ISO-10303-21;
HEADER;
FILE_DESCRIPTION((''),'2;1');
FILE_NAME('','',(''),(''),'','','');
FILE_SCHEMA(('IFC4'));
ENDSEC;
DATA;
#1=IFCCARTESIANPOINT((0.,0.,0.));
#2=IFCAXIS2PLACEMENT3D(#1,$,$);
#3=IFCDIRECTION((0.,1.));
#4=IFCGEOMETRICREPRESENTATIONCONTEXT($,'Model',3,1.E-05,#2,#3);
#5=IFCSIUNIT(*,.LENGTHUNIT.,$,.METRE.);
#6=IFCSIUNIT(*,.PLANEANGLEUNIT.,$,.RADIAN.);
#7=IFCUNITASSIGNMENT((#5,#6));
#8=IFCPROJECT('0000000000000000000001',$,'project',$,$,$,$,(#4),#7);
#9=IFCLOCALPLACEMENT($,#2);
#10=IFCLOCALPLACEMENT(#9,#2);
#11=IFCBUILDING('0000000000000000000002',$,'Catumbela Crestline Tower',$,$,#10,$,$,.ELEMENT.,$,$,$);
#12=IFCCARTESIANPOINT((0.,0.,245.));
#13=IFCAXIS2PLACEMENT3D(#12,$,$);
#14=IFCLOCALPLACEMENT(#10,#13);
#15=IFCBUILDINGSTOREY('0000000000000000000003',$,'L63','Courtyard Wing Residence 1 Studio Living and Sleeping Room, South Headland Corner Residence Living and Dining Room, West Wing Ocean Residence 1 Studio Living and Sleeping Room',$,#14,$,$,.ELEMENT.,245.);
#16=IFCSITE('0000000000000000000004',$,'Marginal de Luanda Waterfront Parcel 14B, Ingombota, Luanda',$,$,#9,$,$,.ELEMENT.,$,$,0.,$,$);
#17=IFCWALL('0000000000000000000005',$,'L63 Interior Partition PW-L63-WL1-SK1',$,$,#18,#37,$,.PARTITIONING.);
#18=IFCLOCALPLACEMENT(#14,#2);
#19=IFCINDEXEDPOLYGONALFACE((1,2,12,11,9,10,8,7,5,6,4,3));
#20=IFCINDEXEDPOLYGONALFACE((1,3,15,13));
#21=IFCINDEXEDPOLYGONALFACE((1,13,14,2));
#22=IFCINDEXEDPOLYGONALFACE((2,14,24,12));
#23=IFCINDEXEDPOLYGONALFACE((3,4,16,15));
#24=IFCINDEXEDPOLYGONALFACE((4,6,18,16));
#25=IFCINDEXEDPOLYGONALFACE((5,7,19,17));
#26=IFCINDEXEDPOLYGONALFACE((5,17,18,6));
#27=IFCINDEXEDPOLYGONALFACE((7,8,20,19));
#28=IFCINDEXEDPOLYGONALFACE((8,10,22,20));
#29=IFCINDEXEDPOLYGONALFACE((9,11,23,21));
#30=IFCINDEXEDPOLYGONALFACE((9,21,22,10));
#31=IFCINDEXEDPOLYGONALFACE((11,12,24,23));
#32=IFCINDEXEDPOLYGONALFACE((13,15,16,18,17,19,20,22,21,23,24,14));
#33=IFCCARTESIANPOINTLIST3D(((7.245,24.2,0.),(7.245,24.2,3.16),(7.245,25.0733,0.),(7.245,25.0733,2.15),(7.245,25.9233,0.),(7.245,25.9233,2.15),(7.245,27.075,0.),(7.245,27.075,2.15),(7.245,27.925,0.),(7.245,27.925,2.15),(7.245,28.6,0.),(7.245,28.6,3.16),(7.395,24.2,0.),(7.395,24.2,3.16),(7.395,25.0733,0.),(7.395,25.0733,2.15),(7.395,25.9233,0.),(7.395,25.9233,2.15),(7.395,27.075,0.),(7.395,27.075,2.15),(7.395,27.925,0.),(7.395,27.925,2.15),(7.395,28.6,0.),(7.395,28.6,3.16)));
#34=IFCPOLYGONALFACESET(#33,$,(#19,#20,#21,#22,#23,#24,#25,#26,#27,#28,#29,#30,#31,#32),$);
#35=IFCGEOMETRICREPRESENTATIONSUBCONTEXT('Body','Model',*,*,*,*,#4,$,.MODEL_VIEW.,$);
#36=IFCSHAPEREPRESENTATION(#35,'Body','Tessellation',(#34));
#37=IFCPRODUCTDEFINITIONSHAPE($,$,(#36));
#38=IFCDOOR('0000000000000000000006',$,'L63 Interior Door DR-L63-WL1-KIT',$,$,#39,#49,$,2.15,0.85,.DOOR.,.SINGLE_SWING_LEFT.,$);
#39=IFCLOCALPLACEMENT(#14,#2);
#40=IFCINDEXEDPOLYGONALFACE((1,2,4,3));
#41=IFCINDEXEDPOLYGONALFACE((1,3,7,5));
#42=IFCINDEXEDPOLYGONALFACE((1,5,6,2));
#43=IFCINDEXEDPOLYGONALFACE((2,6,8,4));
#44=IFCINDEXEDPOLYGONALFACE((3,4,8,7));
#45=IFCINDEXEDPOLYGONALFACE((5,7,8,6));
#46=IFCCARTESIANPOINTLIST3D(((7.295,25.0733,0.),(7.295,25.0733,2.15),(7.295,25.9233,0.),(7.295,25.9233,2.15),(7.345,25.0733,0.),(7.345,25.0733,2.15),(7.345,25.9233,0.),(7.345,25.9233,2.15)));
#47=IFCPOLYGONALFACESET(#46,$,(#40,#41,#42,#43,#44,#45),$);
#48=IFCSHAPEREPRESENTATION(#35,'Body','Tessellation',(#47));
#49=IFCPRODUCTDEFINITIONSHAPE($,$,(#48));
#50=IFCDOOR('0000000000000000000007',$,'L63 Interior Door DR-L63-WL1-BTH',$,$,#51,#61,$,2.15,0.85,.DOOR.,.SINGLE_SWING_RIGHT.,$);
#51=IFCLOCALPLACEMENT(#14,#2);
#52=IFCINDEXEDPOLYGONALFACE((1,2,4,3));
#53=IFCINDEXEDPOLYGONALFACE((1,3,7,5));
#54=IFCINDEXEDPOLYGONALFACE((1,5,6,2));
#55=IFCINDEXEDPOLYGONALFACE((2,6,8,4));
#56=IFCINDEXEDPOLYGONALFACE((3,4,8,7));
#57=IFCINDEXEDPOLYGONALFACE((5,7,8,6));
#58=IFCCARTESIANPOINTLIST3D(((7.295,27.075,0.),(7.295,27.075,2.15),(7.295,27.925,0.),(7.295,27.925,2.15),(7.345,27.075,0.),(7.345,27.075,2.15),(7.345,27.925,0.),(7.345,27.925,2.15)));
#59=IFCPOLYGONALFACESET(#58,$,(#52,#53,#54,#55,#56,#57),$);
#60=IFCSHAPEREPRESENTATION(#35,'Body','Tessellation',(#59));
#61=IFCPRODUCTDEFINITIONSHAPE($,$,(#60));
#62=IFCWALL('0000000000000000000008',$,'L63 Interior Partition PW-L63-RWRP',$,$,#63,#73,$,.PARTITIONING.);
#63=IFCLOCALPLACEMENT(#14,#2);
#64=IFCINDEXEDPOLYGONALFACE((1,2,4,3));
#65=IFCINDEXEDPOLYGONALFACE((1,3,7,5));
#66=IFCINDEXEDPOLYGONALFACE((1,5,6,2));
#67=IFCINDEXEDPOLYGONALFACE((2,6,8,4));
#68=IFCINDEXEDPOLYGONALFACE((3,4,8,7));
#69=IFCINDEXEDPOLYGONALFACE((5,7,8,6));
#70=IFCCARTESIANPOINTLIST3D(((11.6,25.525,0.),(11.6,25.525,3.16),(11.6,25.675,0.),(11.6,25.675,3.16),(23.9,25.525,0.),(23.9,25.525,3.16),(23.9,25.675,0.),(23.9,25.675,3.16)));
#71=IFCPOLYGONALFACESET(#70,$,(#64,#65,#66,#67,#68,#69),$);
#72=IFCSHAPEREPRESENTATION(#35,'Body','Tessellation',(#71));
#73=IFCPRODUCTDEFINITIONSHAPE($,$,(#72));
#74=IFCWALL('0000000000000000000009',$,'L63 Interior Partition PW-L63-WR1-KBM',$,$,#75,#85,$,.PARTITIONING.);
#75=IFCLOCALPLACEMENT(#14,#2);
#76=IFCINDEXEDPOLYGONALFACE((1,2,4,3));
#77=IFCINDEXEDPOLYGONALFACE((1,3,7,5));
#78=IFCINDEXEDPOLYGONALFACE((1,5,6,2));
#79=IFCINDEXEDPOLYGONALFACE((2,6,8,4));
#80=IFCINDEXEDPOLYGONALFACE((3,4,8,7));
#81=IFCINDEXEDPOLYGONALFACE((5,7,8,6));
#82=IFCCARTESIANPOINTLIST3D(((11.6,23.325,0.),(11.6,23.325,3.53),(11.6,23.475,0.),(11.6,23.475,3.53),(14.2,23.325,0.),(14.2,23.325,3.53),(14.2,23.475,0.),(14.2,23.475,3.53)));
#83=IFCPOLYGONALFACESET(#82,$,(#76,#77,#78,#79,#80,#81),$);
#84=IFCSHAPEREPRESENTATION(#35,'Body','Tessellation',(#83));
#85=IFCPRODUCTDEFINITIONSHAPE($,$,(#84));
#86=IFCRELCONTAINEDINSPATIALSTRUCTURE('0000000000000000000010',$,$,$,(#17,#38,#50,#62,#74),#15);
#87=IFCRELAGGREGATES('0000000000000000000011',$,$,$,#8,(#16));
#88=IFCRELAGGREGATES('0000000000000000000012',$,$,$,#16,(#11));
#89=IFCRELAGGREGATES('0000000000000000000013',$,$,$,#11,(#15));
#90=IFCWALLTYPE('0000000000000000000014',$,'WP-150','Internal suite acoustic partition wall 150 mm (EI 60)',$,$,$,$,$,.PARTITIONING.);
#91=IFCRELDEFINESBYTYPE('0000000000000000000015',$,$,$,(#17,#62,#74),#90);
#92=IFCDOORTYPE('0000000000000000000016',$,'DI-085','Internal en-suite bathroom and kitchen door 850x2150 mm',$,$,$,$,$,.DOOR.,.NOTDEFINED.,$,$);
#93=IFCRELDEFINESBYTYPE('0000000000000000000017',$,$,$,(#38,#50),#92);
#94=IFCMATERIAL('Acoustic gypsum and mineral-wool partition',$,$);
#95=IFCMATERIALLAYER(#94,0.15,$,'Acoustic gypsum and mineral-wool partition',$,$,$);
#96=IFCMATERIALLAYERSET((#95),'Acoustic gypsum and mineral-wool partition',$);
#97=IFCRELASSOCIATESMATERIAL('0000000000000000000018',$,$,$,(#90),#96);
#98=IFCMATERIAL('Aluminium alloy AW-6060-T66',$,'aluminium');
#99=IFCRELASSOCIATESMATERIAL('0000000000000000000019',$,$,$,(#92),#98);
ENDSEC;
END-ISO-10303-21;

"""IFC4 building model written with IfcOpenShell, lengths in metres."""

from ifc_helpers import new_model, si_unit, direction, frame, frame_2d, origin, place, context, subcontext, project, spatial, rectangle, extrude, material, layer, layer_set, type_object, element, fill, save


model = new_model("IFC4")

# Units and contexts
model_context = context("Model", 3, precision=1e-05, world=origin(), true_north=direction((0.0, 1.0)))
body_context = subcontext(model_context, "Body", "Model", "MODEL_VIEW")
ifc_project = project(units=[si_unit("LENGTHUNIT", "METRE"), si_unit("PLANEANGLEUNIT", "RADIAN")], contexts=[model_context])

# Site, building, storey
site_placement = place(None, origin())
site = spatial("IfcSite", under=ifc_project, at=site_placement, Name="Marginal de Luanda Waterfront Parcel 14B, Ingombota, Luanda", CompositionType="ELEMENT", RefElevation=0.0)
building_placement = place(site_placement, origin())
building = spatial("IfcBuilding", under=site, at=building_placement, Name="Catumbela Crestline Tower", CompositionType="ELEMENT")
storey_placement = place(building_placement, frame((0.0, 0.0, 245.0)))
storey = spatial("IfcBuildingStorey", under=building, at=storey_placement, Name="L63", Description="Courtyard Wing Residence 1 Studio Living and Sleeping Room, South Headland Corner Residence Living and Dining Room, West Wing Ocean Residence 1 Studio Living and Sleeping Room", CompositionType="ELEMENT", Elevation=245.0)

# Shared definitions
ifc_material_1 = material(Name="Acoustic gypsum and mineral-wool partition")
ifc_material_2 = material(Name="Aluminium alloy AW-6060-T66", Category="aluminium")

# Shared definitions
ifc_layer_1 = layer(ifc_material_1, 0.15, Name="Acoustic gypsum and mineral-wool partition")
ifc_layer_set_1 = layer_set([ifc_layer_1], Name="Acoustic gypsum and mineral-wool partition")
wall_type_1 = type_object("IfcWallType", Name="WP-150", Description="Internal suite acoustic partition wall 150 mm (EI 60)", PredefinedType="PARTITIONING", material=ifc_layer_set_1)

# Shared definitions
door_type_1 = type_object("IfcDoorType", Name="DI-085", Description="Internal en-suite bathroom and kitchen door 850x2150 mm", OperationType="NOTDEFINED", PredefinedType="DOOR", material=ifc_material_2)

# Wall, openings, doors
wall_1_placement = place(storey_placement, frame((7.32, 24.2, 0.0), z_axis=(0.0, 0.0, 1.0), x_axis=(0.0, 1.0, 0.0)))
wall_1 = element("IfcWall", 1, at=wall_1_placement, inside=storey, type_object=wall_type_1, Name="L63 Interior Partition PW-L63-WL1-SK1", PredefinedType="PARTITIONING", context=body_context, shape_type="SweptSolid", body=[
    extrude(rectangle(XDim=4.4, YDim=0.15, at=frame_2d((2.2, 0.0))), origin(), (0.0, 0.0, 1.0), 3.16),
])
opening_1_placement = place(wall_1_placement, frame((0.8733, 0.0, 0.0)))
opening_1 = element("IfcOpeningElement", 2, at=opening_1_placement, cuts=wall_1, PredefinedType="OPENING", context=body_context, shape_type="SweptSolid", body=[
    extrude(rectangle(XDim=0.85, YDim=2.15, at=frame_2d((0.425, 1.075))), frame((0.0, 0.085, 0.0), z_axis=(0.0, -1.0, 0.0), x_axis=(1.0, 0.0, 0.0)), (0.0, 0.0, 1.0), 0.17),
])
opening_2_placement = place(wall_1_placement, frame((2.875, 0.0, 0.0)))
opening_2 = element("IfcOpeningElement", 3, at=opening_2_placement, cuts=wall_1, PredefinedType="OPENING", context=body_context, shape_type="SweptSolid", body=[
    extrude(rectangle(XDim=0.85, YDim=2.15, at=frame_2d((0.425, 1.075))), frame((0.0, 0.085, 0.0), z_axis=(0.0, -1.0, 0.0), x_axis=(1.0, 0.0, 0.0)), (0.0, 0.0, 1.0), 0.17),
])
door_1_placement = place(opening_1_placement, origin())
door_1 = element("IfcDoor", 4, at=door_1_placement, inside=storey, type_object=door_type_1, Name="L63 Interior Door DR-L63-WL1-KIT", OperationType="SINGLE_SWING_LEFT", OverallHeight=2.15, OverallWidth=0.85, PredefinedType="DOOR", context=body_context, shape_type="SweptSolid", body=[
    extrude(rectangle(XDim=0.85, YDim=2.15, at=frame_2d((0.425, 1.075))), frame((0.0, 0.025, 0.0), z_axis=(0.0, -1.0, 0.0), x_axis=(1.0, 0.0, 0.0)), (0.0, 0.0, 1.0), 0.05),
])
fill(opening_1, door_1)
door_2_placement = place(opening_2_placement, origin())
door_2 = element("IfcDoor", 5, at=door_2_placement, inside=storey, type_object=door_type_1, Name="L63 Interior Door DR-L63-WL1-BTH", OperationType="SINGLE_SWING_RIGHT", OverallHeight=2.15, OverallWidth=0.85, PredefinedType="DOOR", context=body_context, shape_type="SweptSolid", body=[
    extrude(rectangle(XDim=0.85, YDim=2.15, at=frame_2d((0.425, 1.075))), frame((0.0, 0.025, 0.0), z_axis=(0.0, -1.0, 0.0), x_axis=(1.0, 0.0, 0.0)), (0.0, 0.0, 1.0), 0.05),
])
fill(opening_2, door_2)

# Walls
wall_2_placement = place(storey_placement, frame((11.6, 25.6, 0.0), z_axis=(0.0, 0.0, 1.0), x_axis=(1.0, 0.0, 0.0)))
element("IfcWall", 6, at=wall_2_placement, inside=storey, type_object=wall_type_1, Name="L63 Interior Partition PW-L63-RWRP", PredefinedType="PARTITIONING", context=body_context, shape_type="SweptSolid", body=[
    extrude(rectangle(XDim=12.3, YDim=0.15, at=frame_2d((6.15, 0.0))), origin(), (0.0, 0.0, 1.0), 3.16),
])
wall_3_placement = place(storey_placement, frame((11.6, 23.4, 0.0), z_axis=(0.0, 0.0, 1.0), x_axis=(1.0, 0.0, 0.0)))
element("IfcWall", 7, at=wall_3_placement, inside=storey, type_object=wall_type_1, Name="L63 Interior Partition PW-L63-WR1-KBM", PredefinedType="PARTITIONING", context=body_context, shape_type="SweptSolid", body=[
    extrude(rectangle(XDim=2.6, YDim=0.15, at=frame_2d((1.3, 0.0))), origin(), (0.0, 0.0, 1.0), 3.53),
])

save(model, "model.ifc")
